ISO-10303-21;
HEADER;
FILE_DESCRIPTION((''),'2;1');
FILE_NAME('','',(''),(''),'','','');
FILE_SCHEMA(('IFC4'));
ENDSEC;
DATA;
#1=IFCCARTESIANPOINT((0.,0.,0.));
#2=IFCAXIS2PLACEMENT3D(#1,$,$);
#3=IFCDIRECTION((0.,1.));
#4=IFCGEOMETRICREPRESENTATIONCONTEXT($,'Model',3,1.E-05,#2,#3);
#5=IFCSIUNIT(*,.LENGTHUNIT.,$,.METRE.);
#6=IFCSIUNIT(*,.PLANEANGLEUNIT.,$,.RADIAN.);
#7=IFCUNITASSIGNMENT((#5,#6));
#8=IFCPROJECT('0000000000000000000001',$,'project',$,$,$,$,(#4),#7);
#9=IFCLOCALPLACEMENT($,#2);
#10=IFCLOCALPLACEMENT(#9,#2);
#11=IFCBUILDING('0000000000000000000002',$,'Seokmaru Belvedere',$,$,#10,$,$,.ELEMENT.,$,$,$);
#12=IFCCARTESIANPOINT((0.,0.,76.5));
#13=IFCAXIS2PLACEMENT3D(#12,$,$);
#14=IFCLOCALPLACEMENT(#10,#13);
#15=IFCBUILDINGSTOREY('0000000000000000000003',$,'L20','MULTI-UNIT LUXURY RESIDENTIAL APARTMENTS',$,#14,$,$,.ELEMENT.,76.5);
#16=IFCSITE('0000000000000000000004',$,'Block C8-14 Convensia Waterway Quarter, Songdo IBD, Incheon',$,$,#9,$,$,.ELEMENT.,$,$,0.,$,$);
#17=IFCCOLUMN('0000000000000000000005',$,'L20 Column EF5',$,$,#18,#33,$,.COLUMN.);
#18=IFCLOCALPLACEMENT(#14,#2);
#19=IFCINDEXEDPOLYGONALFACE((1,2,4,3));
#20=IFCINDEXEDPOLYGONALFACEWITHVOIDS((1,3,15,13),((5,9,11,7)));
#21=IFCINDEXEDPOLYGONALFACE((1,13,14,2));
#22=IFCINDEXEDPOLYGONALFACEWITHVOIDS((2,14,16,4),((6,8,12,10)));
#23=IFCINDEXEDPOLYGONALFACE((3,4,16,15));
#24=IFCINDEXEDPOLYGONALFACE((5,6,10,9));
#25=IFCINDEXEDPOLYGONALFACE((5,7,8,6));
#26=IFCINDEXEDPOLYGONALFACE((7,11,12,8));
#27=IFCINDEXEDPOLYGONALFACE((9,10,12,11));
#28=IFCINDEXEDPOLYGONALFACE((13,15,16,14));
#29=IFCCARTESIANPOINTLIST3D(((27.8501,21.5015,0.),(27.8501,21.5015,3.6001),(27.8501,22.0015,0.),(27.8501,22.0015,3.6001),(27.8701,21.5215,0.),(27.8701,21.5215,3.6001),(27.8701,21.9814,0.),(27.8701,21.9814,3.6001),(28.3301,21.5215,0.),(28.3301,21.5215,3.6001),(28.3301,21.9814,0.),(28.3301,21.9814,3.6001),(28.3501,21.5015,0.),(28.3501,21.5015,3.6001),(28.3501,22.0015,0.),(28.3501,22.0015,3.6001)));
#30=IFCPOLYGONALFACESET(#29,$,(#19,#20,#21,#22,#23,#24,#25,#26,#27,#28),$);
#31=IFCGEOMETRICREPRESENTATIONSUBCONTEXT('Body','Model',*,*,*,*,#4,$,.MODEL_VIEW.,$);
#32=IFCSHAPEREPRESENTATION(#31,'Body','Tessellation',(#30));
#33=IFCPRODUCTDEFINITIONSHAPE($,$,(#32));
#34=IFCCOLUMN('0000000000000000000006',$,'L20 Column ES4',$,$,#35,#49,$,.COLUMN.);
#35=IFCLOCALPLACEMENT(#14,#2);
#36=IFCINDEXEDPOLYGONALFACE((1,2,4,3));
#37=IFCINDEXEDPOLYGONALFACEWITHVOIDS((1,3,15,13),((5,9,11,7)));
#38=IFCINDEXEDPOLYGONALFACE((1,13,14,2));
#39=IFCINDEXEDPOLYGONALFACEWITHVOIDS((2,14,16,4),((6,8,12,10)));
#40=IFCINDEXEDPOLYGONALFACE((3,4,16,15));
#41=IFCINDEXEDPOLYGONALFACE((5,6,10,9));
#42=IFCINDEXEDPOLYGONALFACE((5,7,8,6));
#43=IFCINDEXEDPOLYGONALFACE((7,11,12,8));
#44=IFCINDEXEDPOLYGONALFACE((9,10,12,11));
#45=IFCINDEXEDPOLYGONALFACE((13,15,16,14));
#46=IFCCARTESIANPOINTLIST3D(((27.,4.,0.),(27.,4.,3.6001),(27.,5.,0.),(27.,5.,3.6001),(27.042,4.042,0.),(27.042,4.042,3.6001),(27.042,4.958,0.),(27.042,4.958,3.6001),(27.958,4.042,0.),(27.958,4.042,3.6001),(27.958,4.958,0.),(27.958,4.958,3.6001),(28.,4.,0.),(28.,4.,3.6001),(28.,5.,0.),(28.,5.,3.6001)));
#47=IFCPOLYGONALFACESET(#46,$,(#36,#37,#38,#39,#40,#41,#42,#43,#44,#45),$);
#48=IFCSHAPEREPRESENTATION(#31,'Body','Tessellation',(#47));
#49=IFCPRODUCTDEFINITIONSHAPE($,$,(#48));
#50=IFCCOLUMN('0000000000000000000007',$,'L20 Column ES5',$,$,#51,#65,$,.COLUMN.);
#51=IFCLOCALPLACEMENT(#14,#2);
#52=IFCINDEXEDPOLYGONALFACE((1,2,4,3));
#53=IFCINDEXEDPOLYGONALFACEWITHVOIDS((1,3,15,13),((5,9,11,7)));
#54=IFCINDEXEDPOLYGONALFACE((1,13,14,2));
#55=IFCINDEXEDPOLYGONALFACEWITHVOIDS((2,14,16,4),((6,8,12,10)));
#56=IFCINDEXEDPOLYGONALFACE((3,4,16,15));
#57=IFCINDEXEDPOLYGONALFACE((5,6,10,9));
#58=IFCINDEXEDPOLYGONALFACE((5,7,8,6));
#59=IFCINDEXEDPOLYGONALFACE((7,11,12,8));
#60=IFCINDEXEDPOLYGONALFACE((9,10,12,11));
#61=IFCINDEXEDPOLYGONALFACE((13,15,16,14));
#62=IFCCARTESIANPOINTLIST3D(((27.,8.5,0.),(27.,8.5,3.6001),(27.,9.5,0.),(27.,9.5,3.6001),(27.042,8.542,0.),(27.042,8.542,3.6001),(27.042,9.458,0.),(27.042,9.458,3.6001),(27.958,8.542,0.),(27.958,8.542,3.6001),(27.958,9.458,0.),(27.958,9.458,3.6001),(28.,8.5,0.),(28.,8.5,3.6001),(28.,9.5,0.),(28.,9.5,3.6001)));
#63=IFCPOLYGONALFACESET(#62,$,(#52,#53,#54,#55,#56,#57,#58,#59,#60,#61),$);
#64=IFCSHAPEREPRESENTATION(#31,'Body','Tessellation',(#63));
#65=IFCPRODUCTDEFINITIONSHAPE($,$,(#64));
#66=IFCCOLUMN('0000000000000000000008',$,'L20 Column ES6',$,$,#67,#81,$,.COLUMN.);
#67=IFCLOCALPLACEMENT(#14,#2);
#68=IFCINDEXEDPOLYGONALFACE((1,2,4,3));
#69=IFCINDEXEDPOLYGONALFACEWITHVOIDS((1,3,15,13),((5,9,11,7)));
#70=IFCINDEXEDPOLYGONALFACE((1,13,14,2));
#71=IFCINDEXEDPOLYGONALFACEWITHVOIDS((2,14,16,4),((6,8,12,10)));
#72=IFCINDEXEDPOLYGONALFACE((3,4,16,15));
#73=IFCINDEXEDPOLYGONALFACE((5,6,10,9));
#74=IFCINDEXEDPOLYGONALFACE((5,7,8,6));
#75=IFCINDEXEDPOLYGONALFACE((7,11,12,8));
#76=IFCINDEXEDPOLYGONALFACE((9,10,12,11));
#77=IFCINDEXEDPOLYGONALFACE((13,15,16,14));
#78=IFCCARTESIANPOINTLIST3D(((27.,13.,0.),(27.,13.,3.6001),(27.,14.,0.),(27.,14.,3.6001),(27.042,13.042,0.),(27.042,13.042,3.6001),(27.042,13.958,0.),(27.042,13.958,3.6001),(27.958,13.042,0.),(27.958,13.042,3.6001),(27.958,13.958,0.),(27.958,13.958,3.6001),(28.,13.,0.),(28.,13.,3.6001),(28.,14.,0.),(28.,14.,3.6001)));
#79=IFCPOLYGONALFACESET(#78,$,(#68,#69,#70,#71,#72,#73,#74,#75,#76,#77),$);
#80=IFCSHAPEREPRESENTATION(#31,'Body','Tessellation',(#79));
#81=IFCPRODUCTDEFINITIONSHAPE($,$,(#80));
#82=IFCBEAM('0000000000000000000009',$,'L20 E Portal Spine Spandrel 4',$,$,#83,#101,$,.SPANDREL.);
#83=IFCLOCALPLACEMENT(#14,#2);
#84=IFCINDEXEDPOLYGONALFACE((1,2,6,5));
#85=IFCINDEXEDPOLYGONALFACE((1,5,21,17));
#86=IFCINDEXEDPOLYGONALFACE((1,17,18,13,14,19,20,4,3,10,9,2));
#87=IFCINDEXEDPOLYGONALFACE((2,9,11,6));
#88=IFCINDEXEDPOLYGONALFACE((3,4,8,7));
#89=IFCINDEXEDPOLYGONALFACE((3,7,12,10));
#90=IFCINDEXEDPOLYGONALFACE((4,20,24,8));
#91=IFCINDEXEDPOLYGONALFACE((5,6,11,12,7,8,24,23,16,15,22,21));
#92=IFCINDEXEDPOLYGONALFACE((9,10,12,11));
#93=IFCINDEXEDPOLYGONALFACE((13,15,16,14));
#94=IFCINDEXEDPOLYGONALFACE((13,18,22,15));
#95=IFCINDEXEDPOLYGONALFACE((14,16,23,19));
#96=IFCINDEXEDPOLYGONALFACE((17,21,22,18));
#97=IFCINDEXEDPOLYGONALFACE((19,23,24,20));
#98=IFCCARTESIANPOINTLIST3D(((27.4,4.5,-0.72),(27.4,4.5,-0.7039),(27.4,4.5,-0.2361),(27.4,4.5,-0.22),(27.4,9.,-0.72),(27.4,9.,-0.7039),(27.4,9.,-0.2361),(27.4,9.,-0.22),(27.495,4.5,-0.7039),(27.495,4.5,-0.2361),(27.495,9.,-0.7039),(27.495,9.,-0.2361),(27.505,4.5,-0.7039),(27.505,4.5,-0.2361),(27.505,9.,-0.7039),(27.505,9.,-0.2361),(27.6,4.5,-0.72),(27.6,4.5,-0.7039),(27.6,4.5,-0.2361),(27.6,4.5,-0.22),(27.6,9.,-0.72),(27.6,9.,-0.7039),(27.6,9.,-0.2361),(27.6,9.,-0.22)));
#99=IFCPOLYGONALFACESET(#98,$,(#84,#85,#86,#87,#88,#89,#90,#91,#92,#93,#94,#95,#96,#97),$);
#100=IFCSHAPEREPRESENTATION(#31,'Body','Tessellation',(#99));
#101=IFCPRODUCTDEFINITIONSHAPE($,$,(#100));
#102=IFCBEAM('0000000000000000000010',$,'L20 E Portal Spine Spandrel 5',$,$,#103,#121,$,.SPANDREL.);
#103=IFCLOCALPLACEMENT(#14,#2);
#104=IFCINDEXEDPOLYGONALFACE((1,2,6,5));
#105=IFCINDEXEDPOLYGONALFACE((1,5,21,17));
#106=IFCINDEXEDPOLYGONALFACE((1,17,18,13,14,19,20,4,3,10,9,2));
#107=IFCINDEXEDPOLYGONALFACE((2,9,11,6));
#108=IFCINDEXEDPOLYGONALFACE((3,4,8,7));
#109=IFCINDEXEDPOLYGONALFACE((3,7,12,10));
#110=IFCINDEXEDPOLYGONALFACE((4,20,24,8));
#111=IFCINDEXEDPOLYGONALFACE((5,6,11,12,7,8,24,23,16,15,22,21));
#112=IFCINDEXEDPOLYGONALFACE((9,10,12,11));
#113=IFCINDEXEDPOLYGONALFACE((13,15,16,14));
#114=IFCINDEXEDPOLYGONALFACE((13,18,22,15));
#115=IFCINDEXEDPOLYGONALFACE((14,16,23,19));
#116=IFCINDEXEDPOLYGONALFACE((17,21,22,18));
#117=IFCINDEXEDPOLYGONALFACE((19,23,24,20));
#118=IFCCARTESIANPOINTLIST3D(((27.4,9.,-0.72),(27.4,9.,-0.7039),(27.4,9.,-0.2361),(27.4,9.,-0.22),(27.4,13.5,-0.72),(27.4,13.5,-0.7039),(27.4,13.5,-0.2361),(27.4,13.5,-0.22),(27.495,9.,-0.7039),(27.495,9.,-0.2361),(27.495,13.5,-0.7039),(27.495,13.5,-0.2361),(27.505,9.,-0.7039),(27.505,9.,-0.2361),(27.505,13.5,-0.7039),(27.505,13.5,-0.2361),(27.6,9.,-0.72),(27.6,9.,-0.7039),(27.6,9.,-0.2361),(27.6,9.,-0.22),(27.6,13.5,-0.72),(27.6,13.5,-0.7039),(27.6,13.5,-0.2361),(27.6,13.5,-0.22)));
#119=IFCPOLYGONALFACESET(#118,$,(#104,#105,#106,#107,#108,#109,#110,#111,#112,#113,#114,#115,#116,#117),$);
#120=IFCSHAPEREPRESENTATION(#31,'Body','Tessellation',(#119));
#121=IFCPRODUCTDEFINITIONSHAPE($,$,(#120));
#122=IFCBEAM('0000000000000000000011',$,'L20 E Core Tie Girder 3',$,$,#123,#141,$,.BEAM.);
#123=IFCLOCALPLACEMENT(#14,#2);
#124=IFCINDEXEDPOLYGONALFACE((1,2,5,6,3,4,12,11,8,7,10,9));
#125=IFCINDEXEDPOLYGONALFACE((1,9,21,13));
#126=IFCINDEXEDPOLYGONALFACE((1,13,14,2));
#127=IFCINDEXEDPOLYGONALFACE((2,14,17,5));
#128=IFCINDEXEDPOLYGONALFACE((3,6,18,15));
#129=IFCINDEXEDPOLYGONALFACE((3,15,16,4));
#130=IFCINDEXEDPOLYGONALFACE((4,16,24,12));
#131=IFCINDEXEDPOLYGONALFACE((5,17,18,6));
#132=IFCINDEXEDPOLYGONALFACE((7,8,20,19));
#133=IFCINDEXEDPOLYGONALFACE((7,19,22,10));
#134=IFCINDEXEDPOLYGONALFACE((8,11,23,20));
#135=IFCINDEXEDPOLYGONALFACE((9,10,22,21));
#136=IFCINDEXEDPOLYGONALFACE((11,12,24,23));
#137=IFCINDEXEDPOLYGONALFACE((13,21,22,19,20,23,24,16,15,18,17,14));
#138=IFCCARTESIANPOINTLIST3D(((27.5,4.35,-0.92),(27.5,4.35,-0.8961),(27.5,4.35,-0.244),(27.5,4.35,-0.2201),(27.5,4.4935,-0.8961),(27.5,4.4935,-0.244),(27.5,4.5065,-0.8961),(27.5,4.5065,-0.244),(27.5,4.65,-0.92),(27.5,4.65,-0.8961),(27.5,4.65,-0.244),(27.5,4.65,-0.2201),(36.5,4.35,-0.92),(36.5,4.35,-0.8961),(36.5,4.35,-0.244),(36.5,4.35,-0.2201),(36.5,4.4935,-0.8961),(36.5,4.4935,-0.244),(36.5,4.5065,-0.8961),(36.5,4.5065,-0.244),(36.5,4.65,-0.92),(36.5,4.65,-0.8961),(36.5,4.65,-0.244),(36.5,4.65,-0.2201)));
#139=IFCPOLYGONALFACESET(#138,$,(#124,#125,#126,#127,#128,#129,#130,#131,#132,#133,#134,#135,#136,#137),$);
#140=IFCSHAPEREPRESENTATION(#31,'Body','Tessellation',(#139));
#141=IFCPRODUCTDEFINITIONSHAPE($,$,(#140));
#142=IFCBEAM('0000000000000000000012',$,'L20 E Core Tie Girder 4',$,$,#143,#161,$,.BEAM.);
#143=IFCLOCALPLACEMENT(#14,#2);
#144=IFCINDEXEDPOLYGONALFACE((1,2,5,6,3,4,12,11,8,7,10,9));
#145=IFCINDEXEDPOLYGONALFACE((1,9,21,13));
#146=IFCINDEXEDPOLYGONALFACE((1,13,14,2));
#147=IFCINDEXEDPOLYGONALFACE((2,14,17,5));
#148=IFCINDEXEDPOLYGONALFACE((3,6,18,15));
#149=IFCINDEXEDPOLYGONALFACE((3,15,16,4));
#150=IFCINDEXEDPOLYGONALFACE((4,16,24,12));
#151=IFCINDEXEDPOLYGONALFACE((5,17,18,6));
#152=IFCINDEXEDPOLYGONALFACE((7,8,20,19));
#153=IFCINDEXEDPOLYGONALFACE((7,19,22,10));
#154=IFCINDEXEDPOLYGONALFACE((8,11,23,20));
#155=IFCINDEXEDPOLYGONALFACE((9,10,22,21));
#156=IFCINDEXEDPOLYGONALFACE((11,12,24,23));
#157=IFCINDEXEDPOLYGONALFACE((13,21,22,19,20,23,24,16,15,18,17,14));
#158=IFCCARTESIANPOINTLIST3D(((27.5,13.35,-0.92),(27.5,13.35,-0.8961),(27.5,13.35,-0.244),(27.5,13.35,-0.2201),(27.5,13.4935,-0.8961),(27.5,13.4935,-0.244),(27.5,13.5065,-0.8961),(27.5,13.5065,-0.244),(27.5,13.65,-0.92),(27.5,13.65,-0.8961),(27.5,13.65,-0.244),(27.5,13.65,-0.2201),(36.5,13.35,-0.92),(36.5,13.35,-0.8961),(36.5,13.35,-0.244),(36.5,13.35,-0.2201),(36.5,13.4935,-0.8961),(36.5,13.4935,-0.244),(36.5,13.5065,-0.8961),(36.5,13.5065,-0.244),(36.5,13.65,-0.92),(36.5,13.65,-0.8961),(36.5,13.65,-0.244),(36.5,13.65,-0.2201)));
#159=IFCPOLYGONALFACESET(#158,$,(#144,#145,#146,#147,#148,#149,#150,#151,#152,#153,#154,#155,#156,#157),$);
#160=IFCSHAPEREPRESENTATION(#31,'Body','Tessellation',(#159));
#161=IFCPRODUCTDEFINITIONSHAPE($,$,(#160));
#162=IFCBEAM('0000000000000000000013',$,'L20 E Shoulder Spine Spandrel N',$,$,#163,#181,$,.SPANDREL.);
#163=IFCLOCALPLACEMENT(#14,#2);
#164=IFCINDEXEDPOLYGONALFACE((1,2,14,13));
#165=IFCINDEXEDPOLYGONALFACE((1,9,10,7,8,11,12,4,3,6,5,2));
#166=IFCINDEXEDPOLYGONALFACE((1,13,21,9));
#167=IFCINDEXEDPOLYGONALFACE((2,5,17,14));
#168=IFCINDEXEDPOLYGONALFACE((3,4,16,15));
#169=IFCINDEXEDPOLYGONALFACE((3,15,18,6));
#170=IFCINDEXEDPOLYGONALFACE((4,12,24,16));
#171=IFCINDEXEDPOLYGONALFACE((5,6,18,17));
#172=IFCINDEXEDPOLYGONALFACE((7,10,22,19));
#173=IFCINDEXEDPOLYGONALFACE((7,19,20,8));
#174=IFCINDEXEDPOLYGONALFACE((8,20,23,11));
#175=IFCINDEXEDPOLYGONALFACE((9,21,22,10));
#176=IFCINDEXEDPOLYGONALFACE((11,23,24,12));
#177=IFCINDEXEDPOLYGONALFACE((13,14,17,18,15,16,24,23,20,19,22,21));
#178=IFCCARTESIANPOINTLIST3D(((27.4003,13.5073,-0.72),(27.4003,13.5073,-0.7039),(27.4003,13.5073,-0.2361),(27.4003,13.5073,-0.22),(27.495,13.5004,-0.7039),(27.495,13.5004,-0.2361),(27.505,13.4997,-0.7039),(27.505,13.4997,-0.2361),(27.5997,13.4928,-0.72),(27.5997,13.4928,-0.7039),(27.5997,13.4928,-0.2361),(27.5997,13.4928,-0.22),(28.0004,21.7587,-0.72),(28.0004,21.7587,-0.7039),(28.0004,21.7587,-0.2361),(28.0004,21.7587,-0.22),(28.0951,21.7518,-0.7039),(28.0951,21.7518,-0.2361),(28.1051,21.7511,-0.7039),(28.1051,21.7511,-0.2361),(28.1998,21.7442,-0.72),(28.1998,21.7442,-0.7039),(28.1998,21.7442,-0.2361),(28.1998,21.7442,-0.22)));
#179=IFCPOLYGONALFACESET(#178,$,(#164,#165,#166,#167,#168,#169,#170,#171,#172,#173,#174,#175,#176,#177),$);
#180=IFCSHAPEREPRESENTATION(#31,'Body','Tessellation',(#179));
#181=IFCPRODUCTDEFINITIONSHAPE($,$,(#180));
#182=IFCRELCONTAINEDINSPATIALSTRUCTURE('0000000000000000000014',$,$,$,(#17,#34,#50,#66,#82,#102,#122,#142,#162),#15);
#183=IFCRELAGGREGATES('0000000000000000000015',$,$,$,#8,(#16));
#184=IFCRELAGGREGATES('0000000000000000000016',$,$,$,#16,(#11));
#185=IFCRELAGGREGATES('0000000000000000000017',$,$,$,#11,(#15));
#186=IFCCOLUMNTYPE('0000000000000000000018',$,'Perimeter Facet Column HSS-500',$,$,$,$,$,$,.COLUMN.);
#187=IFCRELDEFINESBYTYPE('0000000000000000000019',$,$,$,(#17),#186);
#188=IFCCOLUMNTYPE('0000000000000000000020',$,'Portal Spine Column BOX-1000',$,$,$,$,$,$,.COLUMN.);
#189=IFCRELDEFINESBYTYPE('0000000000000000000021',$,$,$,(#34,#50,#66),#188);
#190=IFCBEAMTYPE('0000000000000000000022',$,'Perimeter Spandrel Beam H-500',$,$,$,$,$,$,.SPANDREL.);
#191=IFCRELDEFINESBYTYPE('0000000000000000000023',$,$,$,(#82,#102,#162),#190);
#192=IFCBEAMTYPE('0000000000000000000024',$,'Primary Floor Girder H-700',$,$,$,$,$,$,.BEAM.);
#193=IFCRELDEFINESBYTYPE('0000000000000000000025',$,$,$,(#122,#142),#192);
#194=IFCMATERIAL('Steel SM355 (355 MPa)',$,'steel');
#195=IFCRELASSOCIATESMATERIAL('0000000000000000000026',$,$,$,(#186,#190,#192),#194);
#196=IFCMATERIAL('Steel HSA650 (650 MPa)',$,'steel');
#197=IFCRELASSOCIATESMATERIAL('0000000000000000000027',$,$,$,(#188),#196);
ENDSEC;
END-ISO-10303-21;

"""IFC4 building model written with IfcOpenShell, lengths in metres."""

from ifc_helpers import new_model, si_unit, direction, frame, origin, origin_2d, place, context, subcontext, project, spatial, hollow_rectangle, i_section, extrude, source, transform, mapped, material, material_profile, profile_set, type_object, type_shapes, element, save


model = new_model("IFC4")

# Units and contexts
model_context = context("Model", 3, precision=1e-05, world=origin(), true_north=direction((0.0, 1.0)))
body_context = subcontext(model_context, "Body", "Model", "MODEL_VIEW")
ifc_project = project(units=[si_unit("LENGTHUNIT", "METRE"), si_unit("PLANEANGLEUNIT", "RADIAN")], contexts=[model_context])

# Site, building, storey
site_placement = place(None, origin())
site = spatial("IfcSite", under=ifc_project, at=site_placement, Name="Block C8-14 Convensia Waterway Quarter, Songdo IBD, Incheon", CompositionType="ELEMENT", RefElevation=0.0)
building_placement = place(site_placement, origin())
building = spatial("IfcBuilding", under=site, at=building_placement, Name="Seokmaru Belvedere", CompositionType="ELEMENT")
storey_placement = place(building_placement, frame((0.0, 0.0, 76.5)))
storey = spatial("IfcBuildingStorey", under=building, at=storey_placement, Name="L20", Description="MULTI-UNIT LUXURY RESIDENTIAL APARTMENTS", CompositionType="ELEMENT", Elevation=76.5)

# Columns
ifc_material_1 = material(Name="Steel SM355 (355 MPa)", Category="steel")
ifc_material_profile_1 = material_profile(ifc_material_1, hollow_rectangle(XDim=0.5, YDim=0.5, WallThickness=0.02, at=origin_2d()), Name="HSS-500x500x20")
ifc_profile_set_1 = profile_set([ifc_material_profile_1], Name="Steel SM355 (355 MPa)")
column_type_1 = type_object("IfcColumnType", Name="Perimeter Facet Column HSS-500", PredefinedType="COLUMN", material=ifc_profile_set_1)
shared_shape_1 = source(origin(), body_context, "Body", "SweptSolid", [
    extrude(hollow_rectangle(XDim=0.5, YDim=0.5, WallThickness=0.02, at=origin_2d()), origin(), (0.0, 0.0, 1.0), 3.6001),
])
type_shapes(column_type_1, [shared_shape_1])
column_placement = place(storey_placement, frame((28.1001, 21.7515, 0.0), z_axis=(0.0, 0.0, 1.0), x_axis=(1.0, 0.0, 0.0)))
element("IfcColumn", 1, at=column_placement, inside=storey, type_object=column_type_1, Name="L20 Column EF5", PredefinedType="COLUMN", context=body_context, shape_type="MappedRepresentation", body=[
    mapped(shared_shape_1, transform((0.0, 0.0, 0.0), scale=1.0)),
])
ifc_material_2 = material(Name="Steel HSA650 (650 MPa)", Category="steel")
ifc_material_profile_2 = material_profile(ifc_material_2, hollow_rectangle(XDim=1.0, YDim=1.0, WallThickness=0.042, at=origin_2d()), Name="BOX-1000x1000x42")
ifc_profile_set_2 = profile_set([ifc_material_profile_2], Name="Steel HSA650 (650 MPa)")
column_type_2 = type_object("IfcColumnType", Name="Portal Spine Column BOX-1000", PredefinedType="COLUMN", material=ifc_profile_set_2)
shared_shape_2 = source(origin(), body_context, "Body", "SweptSolid", [
    extrude(hollow_rectangle(XDim=1.0, YDim=1.0, WallThickness=0.042, at=origin_2d()), origin(), (0.0, 0.0, 1.0), 3.6001),
])
type_shapes(column_type_2, [shared_shape_2])
for number, where, z_axis, x_axis, name in (
    (2, (27.5, 4.5, 0.0), (0.0, 0.0, 1.0), (1.0, 0.0, 0.0), "L20 Column ES4"),
    (3, (27.5, 9.0, 0.0), (0.0, 0.0, 1.0), (1.0, 0.0, 0.0), "L20 Column ES5"),
    (4, (27.5, 13.5, 0.0), (0.0, 0.0, 1.0), (1.0, 0.0, 0.0), "L20 Column ES6"),
):
    element("IfcColumn", number, at=place(storey_placement, frame(where, z_axis=z_axis, x_axis=x_axis)), inside=storey, type_object=column_type_2, Name=name, PredefinedType="COLUMN", context=body_context, shape_type="MappedRepresentation", body=[
        mapped(shared_shape_2, transform((0.0, 0.0, 0.0), scale=1.0)),
    ])

# Beams
ifc_material_profile_3 = material_profile(ifc_material_1, i_section(OverallWidth=0.2, OverallDepth=0.5, WebThickness=0.01, FlangeThickness=0.0161, at=origin_2d()), Name="H-500x200x10x16")
ifc_profile_set_3 = profile_set([ifc_material_profile_3], Name="Steel SM355 (355 MPa)")
beam_type_1 = type_object("IfcBeamType", Name="Perimeter Spandrel Beam H-500", PredefinedType="SPANDREL", material=ifc_profile_set_3)
shared_shape_3 = source(origin(), body_context, "Body", "SweptSolid", [
    extrude(i_section(OverallWidth=0.2, OverallDepth=0.5, WebThickness=0.01, FlangeThickness=0.0161, at=origin_2d()), origin(), (0.0, 0.0, 1.0), 4.5),
])
for number, where, z_axis, x_axis, name in (
    (5, (27.5, 4.5, -0.47), (0.0, 1.0, 0.0), (-1.0, 0.0, 0.0), "L20 E Portal Spine Spandrel 4"),
    (6, (27.5, 9.0, -0.47), (0.0, 1.0, 0.0), (-1.0, 0.0, 0.0), "L20 E Portal Spine Spandrel 5"),
):
    element("IfcBeam", number, at=place(storey_placement, frame(where, z_axis=z_axis, x_axis=x_axis)), inside=storey, type_object=beam_type_1, Name=name, PredefinedType="SPANDREL", context=body_context, shape_type="MappedRepresentation", body=[
        mapped(shared_shape_3, transform((0.0, 0.0, 0.0), scale=1.0)),
    ])
ifc_material_profile_4 = material_profile(ifc_material_1, i_section(OverallWidth=0.3, OverallDepth=0.7, WebThickness=0.0129, FlangeThickness=0.0239, at=origin_2d()), Name="H-700x300x13x24")
ifc_profile_set_4 = profile_set([ifc_material_profile_4], Name="Steel SM355 (355 MPa)")
beam_type_2 = type_object("IfcBeamType", Name="Primary Floor Girder H-700", PredefinedType="BEAM", material=ifc_profile_set_4)
shared_shape_4 = source(origin(), body_context, "Body", "SweptSolid", [
    extrude(i_section(OverallWidth=0.3, OverallDepth=0.7, WebThickness=0.0129, FlangeThickness=0.0239, at=origin_2d()), origin(), (0.0, 0.0, 1.0), 9.0),
])
type_shapes(beam_type_2, [shared_shape_4])
for number, where, z_axis, x_axis, name in (
    (7, (27.5, 4.5, -0.5701), (1.0, 0.0, 0.0), (0.0, 1.0, 0.0), "L20 E Core Tie Girder 3"),
    (8, (27.5, 13.5, -0.5701), (1.0, 0.0, 0.0), (0.0, 1.0, 0.0), "L20 E Core Tie Girder 4"),
):
    element("IfcBeam", number, at=place(storey_placement, frame(where, z_axis=z_axis, x_axis=x_axis)), inside=storey, type_object=beam_type_2, Name=name, PredefinedType="BEAM", context=body_context, shape_type="MappedRepresentation", body=[
        mapped(shared_shape_4, transform((0.0, 0.0, 0.0), scale=1.0)),
    ])
shared_shape_5 = source(origin(), body_context, "Body", "SweptSolid", [
    extrude(i_section(OverallWidth=0.2, OverallDepth=0.5, WebThickness=0.01, FlangeThickness=0.0161, at=origin_2d()), origin(), (0.0, 0.0, 1.0), 8.2732),
])
type_shapes(beam_type_1, [shared_shape_3, shared_shape_5])
beam_placement = place(storey_placement, frame((28.1001, 21.7515, -0.47), z_axis=(-0.072535, -0.997366, 0.0), x_axis=(0.997366, -0.072535, 0.0)))
element("IfcBeam", 9, at=beam_placement, inside=storey, type_object=beam_type_1, Name="L20 E Shoulder Spine Spandrel N", PredefinedType="SPANDREL", context=body_context, shape_type="MappedRepresentation", body=[
    mapped(shared_shape_5, transform((0.0, 0.0, 0.0), scale=1.0)),
])

save(model, "model.ifc")
